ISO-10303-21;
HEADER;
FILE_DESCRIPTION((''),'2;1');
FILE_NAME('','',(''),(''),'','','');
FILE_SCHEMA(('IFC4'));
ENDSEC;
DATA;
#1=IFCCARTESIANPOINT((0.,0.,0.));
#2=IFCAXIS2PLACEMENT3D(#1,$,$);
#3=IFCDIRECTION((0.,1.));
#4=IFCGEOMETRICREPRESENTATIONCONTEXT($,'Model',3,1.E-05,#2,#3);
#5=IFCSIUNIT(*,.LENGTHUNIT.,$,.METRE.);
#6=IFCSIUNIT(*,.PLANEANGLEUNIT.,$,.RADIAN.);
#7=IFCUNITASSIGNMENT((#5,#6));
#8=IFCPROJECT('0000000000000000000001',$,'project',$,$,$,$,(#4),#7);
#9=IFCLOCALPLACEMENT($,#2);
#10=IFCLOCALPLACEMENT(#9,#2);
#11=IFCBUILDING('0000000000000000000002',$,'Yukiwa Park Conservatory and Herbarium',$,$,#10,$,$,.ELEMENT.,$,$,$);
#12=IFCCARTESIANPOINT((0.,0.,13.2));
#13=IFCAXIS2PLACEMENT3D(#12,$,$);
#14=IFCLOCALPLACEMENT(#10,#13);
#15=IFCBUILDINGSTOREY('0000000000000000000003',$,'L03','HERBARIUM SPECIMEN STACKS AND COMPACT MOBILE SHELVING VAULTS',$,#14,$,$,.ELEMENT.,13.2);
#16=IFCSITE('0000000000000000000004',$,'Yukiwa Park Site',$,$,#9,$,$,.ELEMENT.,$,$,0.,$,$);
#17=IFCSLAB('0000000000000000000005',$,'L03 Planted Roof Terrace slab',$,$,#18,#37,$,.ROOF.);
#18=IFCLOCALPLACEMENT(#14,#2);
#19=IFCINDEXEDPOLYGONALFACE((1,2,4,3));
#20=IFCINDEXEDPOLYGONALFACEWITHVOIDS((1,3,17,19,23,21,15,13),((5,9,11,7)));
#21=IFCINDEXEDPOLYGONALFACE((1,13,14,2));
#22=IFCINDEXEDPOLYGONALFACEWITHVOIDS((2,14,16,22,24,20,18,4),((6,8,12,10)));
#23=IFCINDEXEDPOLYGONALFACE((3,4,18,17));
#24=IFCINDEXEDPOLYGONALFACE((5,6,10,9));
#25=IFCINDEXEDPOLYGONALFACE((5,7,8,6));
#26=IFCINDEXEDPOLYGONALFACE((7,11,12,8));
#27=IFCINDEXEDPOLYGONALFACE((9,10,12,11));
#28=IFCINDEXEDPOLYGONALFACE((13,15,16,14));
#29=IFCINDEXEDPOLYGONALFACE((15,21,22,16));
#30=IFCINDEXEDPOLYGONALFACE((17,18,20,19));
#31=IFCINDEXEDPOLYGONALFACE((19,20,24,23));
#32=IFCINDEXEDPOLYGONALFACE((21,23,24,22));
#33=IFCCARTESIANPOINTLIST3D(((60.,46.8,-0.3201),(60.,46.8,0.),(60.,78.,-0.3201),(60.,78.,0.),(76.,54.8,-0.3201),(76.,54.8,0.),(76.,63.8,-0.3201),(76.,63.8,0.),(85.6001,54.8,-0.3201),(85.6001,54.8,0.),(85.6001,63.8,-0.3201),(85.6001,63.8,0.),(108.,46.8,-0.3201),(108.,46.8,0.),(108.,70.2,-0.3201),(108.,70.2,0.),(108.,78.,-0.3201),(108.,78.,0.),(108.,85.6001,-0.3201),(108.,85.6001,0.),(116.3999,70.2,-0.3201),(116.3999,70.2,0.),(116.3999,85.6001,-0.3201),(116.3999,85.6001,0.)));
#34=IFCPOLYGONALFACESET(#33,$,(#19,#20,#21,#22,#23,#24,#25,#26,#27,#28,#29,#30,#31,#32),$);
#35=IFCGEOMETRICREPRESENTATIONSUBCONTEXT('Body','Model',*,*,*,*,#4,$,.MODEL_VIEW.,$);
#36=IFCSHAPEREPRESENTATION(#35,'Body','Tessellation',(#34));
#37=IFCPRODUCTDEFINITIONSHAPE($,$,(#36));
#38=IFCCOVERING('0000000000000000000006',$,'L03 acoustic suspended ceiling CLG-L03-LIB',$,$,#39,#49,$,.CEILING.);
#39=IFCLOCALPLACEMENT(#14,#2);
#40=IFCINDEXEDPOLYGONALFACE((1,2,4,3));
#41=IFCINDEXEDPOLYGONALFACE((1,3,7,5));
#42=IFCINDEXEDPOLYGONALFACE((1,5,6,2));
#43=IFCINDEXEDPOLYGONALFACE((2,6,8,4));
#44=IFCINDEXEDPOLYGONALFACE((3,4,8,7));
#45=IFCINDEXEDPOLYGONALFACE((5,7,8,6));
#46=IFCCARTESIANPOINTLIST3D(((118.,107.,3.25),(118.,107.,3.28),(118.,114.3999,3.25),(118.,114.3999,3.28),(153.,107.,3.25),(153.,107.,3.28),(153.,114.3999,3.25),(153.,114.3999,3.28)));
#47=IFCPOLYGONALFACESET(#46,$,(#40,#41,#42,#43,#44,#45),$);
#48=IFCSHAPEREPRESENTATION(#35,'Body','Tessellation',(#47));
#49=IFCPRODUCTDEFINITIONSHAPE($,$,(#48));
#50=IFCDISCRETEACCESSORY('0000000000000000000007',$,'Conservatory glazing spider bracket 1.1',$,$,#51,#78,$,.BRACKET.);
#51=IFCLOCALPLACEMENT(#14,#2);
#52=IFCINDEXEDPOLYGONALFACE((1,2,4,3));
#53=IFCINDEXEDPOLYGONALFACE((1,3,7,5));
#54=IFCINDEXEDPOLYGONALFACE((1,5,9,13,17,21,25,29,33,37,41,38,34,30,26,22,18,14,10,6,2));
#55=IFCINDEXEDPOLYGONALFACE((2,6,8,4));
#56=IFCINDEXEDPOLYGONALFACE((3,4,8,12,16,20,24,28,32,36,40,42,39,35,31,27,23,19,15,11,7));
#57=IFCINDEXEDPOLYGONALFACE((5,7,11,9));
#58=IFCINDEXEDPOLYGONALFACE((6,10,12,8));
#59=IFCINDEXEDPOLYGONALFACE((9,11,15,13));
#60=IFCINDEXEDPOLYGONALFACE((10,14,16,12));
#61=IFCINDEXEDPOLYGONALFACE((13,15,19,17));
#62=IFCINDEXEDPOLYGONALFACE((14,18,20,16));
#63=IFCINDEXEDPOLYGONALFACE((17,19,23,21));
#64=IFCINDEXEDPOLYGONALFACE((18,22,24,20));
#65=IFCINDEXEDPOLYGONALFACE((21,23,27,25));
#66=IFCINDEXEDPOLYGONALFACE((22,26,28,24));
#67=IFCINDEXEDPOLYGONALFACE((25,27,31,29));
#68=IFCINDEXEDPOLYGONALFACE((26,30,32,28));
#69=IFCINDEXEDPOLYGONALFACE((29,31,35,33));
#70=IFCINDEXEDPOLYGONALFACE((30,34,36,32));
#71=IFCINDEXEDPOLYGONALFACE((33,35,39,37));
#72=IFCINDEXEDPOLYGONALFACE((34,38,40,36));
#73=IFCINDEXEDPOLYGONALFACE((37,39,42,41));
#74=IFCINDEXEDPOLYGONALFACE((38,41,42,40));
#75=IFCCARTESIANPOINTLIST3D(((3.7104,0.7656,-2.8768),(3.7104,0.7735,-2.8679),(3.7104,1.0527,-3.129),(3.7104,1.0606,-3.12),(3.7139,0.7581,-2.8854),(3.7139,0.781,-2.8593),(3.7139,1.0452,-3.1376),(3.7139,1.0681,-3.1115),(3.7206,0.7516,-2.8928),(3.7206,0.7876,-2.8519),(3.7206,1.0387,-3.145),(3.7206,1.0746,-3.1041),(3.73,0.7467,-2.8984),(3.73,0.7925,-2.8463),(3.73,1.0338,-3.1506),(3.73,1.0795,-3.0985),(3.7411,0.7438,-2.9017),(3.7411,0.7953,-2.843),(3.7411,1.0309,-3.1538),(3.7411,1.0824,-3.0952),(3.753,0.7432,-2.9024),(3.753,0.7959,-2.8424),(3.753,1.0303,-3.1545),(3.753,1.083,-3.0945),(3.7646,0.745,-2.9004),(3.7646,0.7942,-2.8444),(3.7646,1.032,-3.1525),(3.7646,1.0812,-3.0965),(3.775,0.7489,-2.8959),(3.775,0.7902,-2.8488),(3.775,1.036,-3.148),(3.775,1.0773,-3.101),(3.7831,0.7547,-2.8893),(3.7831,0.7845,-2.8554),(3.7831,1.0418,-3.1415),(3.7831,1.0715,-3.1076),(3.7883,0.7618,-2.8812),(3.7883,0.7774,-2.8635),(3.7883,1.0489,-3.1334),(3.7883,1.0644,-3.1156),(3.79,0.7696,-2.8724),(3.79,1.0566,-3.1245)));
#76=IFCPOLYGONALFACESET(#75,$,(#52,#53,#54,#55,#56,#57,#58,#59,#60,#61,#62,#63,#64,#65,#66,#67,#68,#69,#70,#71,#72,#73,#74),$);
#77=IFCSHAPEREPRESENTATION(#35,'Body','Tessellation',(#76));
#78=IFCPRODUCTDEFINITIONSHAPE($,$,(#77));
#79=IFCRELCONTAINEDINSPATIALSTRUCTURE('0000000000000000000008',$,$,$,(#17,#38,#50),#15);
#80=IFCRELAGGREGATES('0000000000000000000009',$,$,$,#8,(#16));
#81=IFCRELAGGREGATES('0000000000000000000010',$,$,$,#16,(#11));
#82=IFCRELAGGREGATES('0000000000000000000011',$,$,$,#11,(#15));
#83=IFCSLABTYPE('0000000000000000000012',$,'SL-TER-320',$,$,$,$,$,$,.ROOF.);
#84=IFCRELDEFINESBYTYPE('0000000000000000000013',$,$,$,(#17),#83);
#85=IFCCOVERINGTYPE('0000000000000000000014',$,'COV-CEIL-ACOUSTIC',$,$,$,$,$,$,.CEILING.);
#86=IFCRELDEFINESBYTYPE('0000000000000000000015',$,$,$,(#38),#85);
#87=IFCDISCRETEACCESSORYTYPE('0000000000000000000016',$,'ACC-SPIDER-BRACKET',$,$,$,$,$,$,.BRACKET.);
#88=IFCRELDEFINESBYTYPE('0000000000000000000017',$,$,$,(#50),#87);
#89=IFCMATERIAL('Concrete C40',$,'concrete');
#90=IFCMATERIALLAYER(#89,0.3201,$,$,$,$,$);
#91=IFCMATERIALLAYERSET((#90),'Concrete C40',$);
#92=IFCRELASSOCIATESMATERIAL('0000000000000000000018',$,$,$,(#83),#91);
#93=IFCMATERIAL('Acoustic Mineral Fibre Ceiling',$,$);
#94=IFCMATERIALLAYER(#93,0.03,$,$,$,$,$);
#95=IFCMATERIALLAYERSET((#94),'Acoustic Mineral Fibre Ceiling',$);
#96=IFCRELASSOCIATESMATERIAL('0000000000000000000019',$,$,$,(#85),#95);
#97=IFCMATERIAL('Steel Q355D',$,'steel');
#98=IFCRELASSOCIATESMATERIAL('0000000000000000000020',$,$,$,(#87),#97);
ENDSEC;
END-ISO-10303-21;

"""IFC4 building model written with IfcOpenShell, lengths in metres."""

from ifc_helpers import new_model, si_unit, direction, frame, origin, origin_2d, place, context, subcontext, project, spatial, polyline, circle, outline, extrude, material, layer, layer_set, type_object, element, save


model = new_model("IFC4")

# Units and contexts
model_context = context("Model", 3, precision=1e-05, world=origin(), true_north=direction((0.0, 1.0)))
body_context = subcontext(model_context, "Body", "Model", "MODEL_VIEW")
ifc_project = project(units=[si_unit("LENGTHUNIT", "METRE"), si_unit("PLANEANGLEUNIT", "RADIAN")], contexts=[model_context])

# Site, building, storey
site_placement = place(None, origin())
site = spatial("IfcSite", under=ifc_project, at=site_placement, Name="Yukiwa Park Site", CompositionType="ELEMENT", RefElevation=0.0)
building_placement = place(site_placement, origin())
building = spatial("IfcBuilding", under=site, at=building_placement, Name="Yukiwa Park Conservatory and Herbarium", CompositionType="ELEMENT")
storey_placement = place(building_placement, frame((0.0, 0.0, 13.2)))
storey = spatial("IfcBuildingStorey", under=building, at=storey_placement, Name="L03", Description="HERBARIUM SPECIMEN STACKS AND COMPACT MOBILE SHELVING VAULTS", CompositionType="ELEMENT", Elevation=13.2)

# Slab
ifc_material_1 = material(Name="Concrete C40", Category="concrete")
ifc_layer_1 = layer(ifc_material_1, 0.3201)
ifc_layer_set_1 = layer_set([ifc_layer_1], Name="Concrete C40")
slab_type_1 = type_object("IfcSlabType", Name="SL-TER-320", PredefinedType="ROOF", material=ifc_layer_set_1)
slab_1_placement = place(storey_placement, frame((0.0, 0.0, -0.3201)))
element("IfcSlab", 1, at=slab_1_placement, inside=storey, type_object=slab_type_1, Name="L03 Planted Roof Terrace slab", PredefinedType="ROOF", context=body_context, shape_type="SweptSolid", body=[
    extrude(outline(polyline([(60.0, 78.0), (108.0, 78.0), (108.0, 85.6001), (116.3999, 85.6001), (116.3999, 70.2), (108.0, 70.2), (108.0, 46.8), (60.0, 46.8), (60.0, 78.0)]), holes=[polyline([(76.0, 63.8), (76.0, 54.8), (85.6001, 54.8), (85.6001, 63.8), (76.0, 63.8)])]), origin(), (0.0, 0.0, 1.0), 0.3201),
])

# Covering
ifc_material_2 = material(Name="Acoustic Mineral Fibre Ceiling")
ifc_layer_2 = layer(ifc_material_2, 0.03)
ifc_layer_set_2 = layer_set([ifc_layer_2], Name="Acoustic Mineral Fibre Ceiling")
covering_type = type_object("IfcCoveringType", Name="COV-CEIL-ACOUSTIC", PredefinedType="CEILING", material=ifc_layer_set_2)
covering_placement = place(storey_placement, frame((0.0, 0.0, 3.25)))
element("IfcCovering", 2, at=covering_placement, inside=storey, type_object=covering_type, Name="L03 acoustic suspended ceiling CLG-L03-LIB", PredefinedType="CEILING", context=body_context, shape_type="SweptSolid", body=[
    extrude(outline(polyline([(118.0, 107.0), (153.0, 107.0), (153.0, 114.3999), (118.0, 114.3999), (118.0, 107.0)])), origin(), (0.0, 0.0, 1.0), 0.03),
])

# Discrete accessory
ifc_material_3 = material(Name="Steel Q355D", Category="steel")
discrete_accessory_type = type_object("IfcDiscreteAccessoryType", Name="ACC-SPIDER-BRACKET", PredefinedType="BRACKET", material=ifc_material_3)
discrete_accessory_placement = place(storey_placement, frame((3.75, 1.0566, -3.1245), z_axis=(0.0, -0.751309, 0.659951), x_axis=(1.0, 0.0, 0.0)))
element("IfcDiscreteAccessory", 3, at=discrete_accessory_placement, inside=storey, type_object=discrete_accessory_type, Name="Conservatory glazing spider bracket 1.1", PredefinedType="BRACKET", context=body_context, shape_type="SweptSolid", body=[
    extrude(circle(Radius=0.04, at=origin_2d()), origin(), (0.0, 0.0, 1.0), 0.3821),
])

save(model, "model.ifc")
